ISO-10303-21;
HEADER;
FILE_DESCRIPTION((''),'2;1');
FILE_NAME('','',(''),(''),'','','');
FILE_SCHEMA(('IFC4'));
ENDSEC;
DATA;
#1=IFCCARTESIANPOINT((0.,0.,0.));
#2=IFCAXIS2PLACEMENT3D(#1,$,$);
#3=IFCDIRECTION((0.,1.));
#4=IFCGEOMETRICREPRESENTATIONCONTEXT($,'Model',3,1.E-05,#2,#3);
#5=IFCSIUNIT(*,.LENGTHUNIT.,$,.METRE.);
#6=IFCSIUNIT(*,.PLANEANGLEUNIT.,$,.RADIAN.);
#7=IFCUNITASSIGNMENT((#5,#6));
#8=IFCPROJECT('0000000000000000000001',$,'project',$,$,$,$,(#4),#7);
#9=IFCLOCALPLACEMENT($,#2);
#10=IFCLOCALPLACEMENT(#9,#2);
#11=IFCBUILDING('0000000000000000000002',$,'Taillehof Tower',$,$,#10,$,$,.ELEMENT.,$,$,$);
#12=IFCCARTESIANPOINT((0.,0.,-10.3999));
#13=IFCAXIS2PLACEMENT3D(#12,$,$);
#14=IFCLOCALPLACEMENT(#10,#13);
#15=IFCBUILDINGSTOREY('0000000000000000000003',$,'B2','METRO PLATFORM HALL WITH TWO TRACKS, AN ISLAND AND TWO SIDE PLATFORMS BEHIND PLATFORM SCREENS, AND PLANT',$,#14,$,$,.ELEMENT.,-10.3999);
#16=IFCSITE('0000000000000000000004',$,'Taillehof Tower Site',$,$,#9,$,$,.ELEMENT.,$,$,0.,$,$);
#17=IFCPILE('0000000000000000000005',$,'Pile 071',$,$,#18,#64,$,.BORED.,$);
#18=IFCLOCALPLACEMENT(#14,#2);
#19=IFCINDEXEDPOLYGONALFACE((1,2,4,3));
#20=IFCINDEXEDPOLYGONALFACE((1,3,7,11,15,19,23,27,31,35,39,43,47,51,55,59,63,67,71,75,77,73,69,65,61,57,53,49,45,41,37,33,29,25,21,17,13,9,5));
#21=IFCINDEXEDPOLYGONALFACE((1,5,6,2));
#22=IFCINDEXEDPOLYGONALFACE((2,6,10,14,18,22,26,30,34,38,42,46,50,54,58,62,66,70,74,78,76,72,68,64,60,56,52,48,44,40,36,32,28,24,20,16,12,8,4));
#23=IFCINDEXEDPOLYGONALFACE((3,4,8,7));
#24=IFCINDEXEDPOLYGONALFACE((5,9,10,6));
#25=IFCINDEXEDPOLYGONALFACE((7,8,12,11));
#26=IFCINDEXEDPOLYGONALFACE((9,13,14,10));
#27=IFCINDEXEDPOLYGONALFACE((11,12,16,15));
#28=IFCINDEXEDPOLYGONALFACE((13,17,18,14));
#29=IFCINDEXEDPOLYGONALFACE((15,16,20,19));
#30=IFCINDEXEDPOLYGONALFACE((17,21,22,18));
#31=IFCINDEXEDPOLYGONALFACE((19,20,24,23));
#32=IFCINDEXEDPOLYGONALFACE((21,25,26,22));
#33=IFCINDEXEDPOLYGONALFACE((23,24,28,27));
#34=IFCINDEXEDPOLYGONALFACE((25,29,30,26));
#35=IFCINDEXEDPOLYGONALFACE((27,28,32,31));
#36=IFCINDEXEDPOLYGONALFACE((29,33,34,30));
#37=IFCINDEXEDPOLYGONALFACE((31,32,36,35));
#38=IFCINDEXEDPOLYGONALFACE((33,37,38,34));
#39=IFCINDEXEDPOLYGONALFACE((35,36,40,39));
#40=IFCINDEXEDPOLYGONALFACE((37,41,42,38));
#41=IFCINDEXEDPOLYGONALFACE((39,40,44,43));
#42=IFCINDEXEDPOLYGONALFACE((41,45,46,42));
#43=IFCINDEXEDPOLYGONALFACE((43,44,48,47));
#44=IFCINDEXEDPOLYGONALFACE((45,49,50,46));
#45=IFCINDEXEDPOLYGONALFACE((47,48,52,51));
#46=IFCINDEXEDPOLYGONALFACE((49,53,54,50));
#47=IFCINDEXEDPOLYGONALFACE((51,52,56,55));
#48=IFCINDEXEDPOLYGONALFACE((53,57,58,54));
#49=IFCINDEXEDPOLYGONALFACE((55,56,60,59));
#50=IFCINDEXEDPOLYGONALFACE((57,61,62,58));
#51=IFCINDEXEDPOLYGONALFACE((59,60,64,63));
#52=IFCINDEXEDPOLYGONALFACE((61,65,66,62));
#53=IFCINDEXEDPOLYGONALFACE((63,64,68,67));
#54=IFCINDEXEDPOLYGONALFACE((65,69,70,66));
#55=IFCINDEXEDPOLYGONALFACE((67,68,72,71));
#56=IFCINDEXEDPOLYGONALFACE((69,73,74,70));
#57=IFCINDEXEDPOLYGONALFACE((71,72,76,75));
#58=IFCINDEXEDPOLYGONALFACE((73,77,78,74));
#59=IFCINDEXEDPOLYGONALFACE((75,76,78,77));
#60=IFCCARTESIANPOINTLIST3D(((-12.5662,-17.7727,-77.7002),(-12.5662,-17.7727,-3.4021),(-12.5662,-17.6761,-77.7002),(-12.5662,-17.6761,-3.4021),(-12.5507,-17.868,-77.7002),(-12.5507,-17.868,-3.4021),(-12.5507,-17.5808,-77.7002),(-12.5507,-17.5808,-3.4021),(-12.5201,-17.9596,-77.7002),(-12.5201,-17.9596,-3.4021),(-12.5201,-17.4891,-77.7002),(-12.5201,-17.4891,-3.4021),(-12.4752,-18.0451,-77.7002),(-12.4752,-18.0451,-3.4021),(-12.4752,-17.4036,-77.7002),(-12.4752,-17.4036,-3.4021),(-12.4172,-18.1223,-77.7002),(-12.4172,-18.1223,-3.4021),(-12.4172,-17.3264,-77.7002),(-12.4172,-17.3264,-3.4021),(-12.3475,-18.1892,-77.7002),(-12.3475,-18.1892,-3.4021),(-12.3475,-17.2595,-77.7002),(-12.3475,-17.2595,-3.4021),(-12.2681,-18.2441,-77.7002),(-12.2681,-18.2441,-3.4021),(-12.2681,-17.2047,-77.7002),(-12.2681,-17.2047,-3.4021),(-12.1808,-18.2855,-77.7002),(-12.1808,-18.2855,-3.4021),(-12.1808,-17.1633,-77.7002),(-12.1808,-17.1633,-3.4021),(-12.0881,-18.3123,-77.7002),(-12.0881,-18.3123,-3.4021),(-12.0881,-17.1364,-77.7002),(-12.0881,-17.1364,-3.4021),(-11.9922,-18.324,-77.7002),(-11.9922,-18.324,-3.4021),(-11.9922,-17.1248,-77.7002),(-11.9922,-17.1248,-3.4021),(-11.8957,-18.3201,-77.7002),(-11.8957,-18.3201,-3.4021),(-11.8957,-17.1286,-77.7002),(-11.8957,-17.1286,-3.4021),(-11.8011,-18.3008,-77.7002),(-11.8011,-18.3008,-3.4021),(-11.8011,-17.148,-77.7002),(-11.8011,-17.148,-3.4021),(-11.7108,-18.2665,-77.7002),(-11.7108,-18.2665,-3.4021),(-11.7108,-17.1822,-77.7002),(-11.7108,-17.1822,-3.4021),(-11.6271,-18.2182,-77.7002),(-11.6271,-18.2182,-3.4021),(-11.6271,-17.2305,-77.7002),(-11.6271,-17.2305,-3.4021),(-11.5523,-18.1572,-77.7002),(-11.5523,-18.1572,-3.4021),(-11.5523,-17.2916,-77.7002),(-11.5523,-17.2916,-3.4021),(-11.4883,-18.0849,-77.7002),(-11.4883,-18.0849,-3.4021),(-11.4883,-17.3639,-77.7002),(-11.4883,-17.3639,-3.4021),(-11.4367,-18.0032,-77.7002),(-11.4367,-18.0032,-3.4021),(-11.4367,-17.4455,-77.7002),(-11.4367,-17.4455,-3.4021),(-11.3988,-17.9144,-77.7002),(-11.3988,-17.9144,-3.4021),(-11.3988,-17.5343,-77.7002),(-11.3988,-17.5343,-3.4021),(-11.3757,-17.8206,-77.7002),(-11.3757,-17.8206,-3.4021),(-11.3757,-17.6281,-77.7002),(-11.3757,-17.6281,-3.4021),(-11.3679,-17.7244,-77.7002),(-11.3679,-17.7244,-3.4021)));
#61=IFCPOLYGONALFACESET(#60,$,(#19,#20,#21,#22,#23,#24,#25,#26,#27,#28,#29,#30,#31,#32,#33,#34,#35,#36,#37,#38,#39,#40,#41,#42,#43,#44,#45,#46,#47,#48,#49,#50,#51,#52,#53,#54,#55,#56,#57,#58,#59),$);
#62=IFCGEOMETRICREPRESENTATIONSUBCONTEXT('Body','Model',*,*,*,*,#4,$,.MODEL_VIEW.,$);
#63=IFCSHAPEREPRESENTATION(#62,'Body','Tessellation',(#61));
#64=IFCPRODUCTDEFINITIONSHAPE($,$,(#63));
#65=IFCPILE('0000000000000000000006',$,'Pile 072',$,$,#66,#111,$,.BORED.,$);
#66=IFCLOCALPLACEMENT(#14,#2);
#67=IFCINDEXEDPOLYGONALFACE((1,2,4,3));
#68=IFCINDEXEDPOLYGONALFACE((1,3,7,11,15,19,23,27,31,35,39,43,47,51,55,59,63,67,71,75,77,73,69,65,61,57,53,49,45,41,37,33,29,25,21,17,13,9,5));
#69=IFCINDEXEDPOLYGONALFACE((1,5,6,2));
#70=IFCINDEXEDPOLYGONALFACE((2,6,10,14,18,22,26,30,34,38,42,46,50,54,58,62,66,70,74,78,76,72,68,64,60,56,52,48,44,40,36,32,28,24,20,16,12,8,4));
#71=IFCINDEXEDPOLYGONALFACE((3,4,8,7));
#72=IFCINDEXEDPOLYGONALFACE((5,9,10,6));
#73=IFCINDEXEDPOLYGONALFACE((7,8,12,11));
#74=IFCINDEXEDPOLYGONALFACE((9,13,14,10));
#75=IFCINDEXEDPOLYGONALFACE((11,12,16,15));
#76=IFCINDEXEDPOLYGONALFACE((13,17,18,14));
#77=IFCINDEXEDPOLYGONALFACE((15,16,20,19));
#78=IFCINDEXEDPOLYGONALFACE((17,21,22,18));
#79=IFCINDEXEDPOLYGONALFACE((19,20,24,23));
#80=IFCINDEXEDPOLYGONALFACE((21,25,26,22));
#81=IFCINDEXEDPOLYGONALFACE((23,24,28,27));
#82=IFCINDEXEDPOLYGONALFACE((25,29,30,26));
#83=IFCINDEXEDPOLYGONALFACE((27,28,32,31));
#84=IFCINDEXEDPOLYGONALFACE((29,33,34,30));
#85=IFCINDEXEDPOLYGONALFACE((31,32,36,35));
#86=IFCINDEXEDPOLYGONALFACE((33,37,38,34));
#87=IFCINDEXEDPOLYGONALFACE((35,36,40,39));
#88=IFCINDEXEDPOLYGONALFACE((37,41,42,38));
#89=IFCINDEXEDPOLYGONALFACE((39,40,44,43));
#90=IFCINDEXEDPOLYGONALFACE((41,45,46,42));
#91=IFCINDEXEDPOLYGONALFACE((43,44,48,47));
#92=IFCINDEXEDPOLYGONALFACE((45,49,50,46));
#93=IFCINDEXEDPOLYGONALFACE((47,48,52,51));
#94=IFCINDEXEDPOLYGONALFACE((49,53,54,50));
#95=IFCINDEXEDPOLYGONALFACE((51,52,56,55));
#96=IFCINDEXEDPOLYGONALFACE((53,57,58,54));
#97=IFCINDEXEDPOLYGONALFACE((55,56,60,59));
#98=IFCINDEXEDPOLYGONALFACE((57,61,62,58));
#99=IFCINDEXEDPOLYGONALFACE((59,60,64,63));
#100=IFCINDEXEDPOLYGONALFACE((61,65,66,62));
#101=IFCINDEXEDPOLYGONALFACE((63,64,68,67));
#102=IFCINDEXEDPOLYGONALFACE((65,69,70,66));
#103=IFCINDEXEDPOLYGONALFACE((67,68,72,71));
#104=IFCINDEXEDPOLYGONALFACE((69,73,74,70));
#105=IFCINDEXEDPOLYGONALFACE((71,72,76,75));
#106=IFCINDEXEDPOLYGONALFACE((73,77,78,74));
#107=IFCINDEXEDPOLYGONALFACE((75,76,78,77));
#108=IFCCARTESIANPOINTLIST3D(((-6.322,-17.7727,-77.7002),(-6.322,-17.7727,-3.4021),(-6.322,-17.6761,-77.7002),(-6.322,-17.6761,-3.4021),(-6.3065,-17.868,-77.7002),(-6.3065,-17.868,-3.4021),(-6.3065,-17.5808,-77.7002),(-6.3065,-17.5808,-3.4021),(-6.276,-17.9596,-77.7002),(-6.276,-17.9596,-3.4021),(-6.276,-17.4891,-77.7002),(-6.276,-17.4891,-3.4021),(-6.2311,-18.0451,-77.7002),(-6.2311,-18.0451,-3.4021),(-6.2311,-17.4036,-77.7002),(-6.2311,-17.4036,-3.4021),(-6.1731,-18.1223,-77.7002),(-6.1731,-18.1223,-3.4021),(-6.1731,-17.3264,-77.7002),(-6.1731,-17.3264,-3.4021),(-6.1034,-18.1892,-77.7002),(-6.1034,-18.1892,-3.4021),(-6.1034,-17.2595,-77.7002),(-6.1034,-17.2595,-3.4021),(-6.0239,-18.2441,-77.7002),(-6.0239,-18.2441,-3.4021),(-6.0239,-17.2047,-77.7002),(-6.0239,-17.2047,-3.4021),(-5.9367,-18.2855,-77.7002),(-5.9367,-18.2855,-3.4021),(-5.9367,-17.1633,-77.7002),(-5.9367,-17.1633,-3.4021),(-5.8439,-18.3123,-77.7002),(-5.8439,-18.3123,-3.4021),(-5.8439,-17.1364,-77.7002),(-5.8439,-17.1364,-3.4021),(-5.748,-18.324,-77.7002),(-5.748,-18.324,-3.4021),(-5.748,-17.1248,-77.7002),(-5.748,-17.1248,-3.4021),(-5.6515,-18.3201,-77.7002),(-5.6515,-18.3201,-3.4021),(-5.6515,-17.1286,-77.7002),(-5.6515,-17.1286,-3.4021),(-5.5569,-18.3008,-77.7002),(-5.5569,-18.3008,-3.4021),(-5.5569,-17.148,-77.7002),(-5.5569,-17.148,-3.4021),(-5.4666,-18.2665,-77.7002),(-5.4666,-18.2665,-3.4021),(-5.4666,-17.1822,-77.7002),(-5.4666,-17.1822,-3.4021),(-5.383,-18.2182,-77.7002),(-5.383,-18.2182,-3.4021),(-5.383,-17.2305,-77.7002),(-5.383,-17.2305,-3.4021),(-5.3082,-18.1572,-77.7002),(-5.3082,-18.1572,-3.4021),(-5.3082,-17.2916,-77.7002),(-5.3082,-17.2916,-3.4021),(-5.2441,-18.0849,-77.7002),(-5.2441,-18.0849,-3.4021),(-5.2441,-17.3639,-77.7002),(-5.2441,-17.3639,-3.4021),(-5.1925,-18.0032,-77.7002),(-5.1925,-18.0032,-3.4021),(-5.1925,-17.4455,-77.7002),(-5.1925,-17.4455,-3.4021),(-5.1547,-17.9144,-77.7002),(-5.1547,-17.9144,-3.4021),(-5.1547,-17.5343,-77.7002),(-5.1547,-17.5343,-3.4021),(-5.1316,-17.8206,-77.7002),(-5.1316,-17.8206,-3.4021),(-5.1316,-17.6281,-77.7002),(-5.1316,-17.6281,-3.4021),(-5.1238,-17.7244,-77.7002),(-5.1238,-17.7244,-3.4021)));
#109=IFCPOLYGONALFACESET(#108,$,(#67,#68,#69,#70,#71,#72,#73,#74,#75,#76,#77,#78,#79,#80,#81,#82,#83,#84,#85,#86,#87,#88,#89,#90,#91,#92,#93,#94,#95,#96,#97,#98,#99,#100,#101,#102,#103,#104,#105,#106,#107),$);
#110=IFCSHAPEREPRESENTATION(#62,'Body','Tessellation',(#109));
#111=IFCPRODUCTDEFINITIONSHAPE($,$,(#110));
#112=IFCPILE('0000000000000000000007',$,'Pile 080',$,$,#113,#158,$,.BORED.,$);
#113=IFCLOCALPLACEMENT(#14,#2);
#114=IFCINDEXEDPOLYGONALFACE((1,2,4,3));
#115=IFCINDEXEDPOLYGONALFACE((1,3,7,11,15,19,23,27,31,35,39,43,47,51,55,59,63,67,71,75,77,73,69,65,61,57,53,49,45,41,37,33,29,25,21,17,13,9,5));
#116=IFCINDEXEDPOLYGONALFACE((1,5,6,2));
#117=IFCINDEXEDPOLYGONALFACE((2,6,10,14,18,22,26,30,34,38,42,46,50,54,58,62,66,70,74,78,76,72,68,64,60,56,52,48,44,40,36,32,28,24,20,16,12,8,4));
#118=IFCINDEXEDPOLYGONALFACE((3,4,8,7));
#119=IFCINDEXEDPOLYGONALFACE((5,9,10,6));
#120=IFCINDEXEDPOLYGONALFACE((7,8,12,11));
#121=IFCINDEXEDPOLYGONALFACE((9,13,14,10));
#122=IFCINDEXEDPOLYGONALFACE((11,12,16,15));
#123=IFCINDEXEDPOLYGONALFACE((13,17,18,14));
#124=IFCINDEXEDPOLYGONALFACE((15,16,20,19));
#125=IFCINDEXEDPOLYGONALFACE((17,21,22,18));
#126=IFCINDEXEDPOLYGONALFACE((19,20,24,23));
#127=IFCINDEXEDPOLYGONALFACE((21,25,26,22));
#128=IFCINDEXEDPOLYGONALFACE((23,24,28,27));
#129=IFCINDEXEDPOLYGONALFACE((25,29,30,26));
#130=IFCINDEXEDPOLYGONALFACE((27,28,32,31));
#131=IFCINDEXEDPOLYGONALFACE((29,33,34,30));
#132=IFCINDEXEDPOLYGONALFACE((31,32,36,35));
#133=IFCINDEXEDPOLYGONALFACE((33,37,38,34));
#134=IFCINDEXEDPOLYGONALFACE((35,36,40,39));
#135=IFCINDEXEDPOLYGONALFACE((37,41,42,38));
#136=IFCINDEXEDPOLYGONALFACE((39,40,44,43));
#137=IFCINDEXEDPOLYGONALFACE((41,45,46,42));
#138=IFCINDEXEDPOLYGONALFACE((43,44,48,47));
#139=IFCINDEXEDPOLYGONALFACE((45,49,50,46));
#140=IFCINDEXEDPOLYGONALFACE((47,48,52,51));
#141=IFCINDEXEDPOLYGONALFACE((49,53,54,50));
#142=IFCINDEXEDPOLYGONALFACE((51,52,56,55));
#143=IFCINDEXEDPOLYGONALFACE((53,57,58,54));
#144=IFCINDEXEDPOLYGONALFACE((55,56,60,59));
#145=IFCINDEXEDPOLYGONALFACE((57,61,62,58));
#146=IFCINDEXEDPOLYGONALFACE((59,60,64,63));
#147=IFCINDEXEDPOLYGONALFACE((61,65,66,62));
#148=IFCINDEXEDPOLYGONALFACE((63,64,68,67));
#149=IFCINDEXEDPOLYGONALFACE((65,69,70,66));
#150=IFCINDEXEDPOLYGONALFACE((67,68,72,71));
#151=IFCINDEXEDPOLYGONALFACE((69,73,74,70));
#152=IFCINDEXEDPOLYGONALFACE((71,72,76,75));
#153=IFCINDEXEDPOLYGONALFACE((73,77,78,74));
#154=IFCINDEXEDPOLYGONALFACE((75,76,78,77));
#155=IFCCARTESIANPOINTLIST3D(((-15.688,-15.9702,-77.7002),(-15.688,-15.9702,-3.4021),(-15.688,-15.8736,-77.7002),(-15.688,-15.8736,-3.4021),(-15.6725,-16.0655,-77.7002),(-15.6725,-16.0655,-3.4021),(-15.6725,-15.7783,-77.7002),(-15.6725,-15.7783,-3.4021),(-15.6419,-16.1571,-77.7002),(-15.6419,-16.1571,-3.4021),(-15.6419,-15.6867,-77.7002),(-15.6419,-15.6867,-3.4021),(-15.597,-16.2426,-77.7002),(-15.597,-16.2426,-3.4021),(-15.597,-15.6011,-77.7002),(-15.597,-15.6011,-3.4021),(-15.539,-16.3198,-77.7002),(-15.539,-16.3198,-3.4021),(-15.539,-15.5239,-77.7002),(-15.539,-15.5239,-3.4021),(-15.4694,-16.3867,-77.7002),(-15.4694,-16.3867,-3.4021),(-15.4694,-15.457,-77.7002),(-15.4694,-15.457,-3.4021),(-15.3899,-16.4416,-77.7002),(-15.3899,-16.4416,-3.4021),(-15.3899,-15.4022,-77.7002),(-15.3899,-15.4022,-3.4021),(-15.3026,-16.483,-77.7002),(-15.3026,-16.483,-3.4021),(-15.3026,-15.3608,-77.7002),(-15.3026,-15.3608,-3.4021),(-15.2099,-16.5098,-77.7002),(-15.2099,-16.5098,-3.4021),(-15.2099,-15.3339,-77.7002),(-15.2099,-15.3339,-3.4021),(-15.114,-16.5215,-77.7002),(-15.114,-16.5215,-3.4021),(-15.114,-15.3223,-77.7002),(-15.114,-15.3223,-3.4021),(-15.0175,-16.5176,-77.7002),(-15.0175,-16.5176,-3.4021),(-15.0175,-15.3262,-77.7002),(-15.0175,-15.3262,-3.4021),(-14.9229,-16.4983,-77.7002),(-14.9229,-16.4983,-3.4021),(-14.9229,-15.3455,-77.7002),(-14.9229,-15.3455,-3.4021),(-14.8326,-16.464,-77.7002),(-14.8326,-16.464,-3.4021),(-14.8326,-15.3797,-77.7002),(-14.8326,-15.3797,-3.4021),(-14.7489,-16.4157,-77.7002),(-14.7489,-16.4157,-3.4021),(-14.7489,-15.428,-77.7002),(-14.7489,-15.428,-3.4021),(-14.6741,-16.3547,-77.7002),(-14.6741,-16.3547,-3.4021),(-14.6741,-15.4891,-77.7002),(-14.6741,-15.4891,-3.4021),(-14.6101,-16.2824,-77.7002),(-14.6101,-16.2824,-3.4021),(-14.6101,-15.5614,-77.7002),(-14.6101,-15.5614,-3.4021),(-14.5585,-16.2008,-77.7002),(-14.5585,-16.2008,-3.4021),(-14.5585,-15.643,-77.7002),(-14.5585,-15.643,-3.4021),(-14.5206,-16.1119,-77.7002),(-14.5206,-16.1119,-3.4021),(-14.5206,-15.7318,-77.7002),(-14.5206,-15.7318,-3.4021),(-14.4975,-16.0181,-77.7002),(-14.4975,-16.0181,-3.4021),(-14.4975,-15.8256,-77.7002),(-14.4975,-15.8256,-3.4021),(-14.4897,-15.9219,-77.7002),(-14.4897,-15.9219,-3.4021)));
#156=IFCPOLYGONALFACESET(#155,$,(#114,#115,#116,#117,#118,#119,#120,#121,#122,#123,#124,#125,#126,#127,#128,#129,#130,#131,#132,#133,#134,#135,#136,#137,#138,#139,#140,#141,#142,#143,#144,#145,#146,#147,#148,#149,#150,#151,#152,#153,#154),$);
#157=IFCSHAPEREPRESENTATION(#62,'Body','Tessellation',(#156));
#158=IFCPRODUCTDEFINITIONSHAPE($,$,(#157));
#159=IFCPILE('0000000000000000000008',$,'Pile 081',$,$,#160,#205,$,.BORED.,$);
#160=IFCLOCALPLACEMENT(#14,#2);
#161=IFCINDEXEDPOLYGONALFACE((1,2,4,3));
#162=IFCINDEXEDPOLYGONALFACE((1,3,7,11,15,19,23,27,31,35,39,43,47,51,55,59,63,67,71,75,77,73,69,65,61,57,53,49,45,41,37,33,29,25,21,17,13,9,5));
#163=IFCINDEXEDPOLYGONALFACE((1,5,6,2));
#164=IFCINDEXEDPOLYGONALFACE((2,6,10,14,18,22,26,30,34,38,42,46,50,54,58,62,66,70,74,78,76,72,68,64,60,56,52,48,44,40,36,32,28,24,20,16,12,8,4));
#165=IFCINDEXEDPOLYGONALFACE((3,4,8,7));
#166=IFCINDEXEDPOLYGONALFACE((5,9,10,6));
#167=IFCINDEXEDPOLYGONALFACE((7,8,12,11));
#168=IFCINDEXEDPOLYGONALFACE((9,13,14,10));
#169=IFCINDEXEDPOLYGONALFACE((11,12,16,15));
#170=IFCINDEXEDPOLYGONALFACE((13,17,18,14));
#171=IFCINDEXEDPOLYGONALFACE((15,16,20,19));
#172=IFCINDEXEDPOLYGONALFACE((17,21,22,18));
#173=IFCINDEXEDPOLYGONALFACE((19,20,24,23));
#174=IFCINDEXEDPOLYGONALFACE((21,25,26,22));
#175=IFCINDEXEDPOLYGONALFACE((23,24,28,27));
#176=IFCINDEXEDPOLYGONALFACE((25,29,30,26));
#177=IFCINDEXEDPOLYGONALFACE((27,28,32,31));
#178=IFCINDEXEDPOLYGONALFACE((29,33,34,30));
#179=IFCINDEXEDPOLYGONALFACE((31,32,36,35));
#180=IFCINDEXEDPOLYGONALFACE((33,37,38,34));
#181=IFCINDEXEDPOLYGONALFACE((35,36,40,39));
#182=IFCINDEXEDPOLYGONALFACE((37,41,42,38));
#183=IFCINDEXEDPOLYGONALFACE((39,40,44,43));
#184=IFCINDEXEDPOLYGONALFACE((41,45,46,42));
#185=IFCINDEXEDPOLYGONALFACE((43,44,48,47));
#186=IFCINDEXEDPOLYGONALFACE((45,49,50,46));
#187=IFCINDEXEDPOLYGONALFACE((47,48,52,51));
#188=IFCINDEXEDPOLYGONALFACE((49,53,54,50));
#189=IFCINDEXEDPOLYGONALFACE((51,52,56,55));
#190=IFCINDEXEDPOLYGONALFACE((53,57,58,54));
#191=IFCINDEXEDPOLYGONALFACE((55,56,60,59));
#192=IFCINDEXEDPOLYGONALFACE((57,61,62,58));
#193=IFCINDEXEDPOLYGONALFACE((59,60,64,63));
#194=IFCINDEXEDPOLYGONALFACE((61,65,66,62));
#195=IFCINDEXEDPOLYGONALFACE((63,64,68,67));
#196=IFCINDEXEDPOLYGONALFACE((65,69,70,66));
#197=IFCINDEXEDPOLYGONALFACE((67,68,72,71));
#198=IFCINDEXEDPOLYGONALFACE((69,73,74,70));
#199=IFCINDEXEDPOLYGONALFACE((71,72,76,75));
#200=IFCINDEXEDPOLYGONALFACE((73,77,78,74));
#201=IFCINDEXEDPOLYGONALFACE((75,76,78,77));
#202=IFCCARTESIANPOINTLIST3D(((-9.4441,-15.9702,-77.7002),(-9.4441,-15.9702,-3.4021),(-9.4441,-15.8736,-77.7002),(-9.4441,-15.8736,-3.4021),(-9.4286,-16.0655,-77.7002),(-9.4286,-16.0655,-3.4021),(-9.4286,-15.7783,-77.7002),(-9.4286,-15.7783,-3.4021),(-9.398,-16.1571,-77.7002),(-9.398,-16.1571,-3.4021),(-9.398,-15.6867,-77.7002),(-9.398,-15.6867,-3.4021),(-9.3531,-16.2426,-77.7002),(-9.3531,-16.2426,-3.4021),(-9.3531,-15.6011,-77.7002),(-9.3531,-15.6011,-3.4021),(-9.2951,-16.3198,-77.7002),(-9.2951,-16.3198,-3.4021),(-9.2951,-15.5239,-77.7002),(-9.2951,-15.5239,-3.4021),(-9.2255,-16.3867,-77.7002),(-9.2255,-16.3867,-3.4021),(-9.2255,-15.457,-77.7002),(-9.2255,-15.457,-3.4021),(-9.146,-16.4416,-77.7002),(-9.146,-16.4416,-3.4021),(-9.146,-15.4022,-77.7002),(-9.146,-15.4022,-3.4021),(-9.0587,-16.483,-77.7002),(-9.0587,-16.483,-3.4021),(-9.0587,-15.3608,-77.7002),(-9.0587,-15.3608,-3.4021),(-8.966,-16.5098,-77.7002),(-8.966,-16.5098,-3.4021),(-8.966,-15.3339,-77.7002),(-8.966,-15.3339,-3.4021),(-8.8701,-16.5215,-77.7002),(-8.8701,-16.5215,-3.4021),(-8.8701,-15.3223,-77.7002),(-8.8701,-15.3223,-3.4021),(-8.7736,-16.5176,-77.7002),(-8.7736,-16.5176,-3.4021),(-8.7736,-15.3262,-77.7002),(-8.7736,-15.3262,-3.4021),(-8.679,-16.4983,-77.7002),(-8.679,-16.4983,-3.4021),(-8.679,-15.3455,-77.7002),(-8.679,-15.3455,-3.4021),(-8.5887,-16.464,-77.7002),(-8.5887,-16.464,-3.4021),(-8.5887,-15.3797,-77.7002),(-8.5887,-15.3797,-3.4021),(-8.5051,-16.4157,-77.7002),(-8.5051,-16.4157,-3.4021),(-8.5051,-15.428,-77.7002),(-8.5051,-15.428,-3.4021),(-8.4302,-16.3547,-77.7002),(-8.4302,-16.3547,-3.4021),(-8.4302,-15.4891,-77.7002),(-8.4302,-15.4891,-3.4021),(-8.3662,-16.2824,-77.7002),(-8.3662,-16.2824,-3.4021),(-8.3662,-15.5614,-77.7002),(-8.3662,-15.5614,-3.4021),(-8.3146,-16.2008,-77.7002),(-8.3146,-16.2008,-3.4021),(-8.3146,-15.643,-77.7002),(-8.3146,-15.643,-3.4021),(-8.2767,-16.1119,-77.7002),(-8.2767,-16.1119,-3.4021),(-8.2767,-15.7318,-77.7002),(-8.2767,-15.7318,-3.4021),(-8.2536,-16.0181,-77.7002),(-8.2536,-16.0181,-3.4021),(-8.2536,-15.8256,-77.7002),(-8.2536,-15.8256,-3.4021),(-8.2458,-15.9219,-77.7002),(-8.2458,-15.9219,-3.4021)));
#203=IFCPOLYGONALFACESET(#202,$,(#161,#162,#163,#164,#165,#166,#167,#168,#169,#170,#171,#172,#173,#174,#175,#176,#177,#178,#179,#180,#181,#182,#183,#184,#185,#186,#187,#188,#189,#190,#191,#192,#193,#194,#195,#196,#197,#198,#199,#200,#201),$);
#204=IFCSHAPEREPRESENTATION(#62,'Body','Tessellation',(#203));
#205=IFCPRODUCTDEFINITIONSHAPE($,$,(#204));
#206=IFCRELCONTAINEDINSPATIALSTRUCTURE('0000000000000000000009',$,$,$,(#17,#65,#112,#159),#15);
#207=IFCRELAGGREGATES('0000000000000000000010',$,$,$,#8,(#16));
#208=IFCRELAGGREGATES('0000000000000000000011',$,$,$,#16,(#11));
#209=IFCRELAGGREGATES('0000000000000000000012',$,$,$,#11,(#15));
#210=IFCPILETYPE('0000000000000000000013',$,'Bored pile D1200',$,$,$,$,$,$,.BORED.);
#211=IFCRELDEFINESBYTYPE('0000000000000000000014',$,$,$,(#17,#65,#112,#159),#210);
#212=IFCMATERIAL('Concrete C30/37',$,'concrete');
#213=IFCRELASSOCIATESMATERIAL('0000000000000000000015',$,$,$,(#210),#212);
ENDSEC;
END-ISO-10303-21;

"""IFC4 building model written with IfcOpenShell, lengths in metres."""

from ifc_helpers import new_model, si_unit, direction, frame, origin, origin_2d, place, context, subcontext, project, spatial, circle, extrude, material, material_profile, profile_set, type_object, element, save


model = new_model("IFC4")

# Units and contexts
model_context = context("Model", 3, precision=1e-05, world=origin(), true_north=direction((0.0, 1.0)))
body_context = subcontext(model_context, "Body", "Model", "MODEL_VIEW")
ifc_project = project(units=[si_unit("LENGTHUNIT", "METRE"), si_unit("PLANEANGLEUNIT", "RADIAN")], contexts=[model_context])

# Site, building, storey
site_placement = place(None, origin())
site = spatial("IfcSite", under=ifc_project, at=site_placement, Name="Taillehof Tower Site", CompositionType="ELEMENT", RefElevation=0.0)
building_placement = place(site_placement, origin())
building = spatial("IfcBuilding", under=site, at=building_placement, Name="Taillehof Tower", CompositionType="ELEMENT")
storey_placement = place(building_placement, frame((0.0, 0.0, -10.3999)))
storey = spatial("IfcBuildingStorey", under=building, at=storey_placement, Name="B2", Description="METRO PLATFORM HALL WITH TWO TRACKS, AN ISLAND AND TWO SIDE PLATFORMS BEHIND PLATFORM SCREENS, AND PLANT", CompositionType="ELEMENT", Elevation=-10.3999)

# Piles
ifc_material_1 = material(Name="Concrete C30/37", Category="concrete")
ifc_material_profile_1 = material_profile(ifc_material_1, circle(Radius=0.6001, at=origin_2d()), Name="BP D1200")
ifc_profile_set_1 = profile_set([ifc_material_profile_1], Name="Concrete C30/37")
pile_type = type_object("IfcPileType", Name="Bored pile D1200", PredefinedType="BORED", material=ifc_profile_set_1)
for number, where, z_axis, x_axis, name in (
    (1, (-11.968, -17.7244, -3.4021), (0.0, 0.0, -1.0), (1.0, 0.0, 0.0), "Pile 071"),
    (2, (-5.7239, -17.7244, -3.4021), (0.0, 0.0, -1.0), (1.0, 0.0, 0.0), "Pile 072"),
    (3, (-15.0898, -15.9219, -3.4021), (0.0, 0.0, -1.0), (1.0, 0.0, 0.0), "Pile 080"),
    (4, (-8.8459, -15.9219, -3.4021), (0.0, 0.0, -1.0), (1.0, 0.0, 0.0), "Pile 081"),
):
    element("IfcPile", number, at=place(storey_placement, frame(where, z_axis=z_axis, x_axis=x_axis)), inside=storey, type_object=pile_type, Name=name, PredefinedType="BORED", context=body_context, shape_type="SweptSolid", body=[
        extrude(circle(Radius=0.6001, at=origin_2d()), origin(), (0.0, 0.0, 1.0), 74.2981),
    ])

save(model, "model.ifc")
